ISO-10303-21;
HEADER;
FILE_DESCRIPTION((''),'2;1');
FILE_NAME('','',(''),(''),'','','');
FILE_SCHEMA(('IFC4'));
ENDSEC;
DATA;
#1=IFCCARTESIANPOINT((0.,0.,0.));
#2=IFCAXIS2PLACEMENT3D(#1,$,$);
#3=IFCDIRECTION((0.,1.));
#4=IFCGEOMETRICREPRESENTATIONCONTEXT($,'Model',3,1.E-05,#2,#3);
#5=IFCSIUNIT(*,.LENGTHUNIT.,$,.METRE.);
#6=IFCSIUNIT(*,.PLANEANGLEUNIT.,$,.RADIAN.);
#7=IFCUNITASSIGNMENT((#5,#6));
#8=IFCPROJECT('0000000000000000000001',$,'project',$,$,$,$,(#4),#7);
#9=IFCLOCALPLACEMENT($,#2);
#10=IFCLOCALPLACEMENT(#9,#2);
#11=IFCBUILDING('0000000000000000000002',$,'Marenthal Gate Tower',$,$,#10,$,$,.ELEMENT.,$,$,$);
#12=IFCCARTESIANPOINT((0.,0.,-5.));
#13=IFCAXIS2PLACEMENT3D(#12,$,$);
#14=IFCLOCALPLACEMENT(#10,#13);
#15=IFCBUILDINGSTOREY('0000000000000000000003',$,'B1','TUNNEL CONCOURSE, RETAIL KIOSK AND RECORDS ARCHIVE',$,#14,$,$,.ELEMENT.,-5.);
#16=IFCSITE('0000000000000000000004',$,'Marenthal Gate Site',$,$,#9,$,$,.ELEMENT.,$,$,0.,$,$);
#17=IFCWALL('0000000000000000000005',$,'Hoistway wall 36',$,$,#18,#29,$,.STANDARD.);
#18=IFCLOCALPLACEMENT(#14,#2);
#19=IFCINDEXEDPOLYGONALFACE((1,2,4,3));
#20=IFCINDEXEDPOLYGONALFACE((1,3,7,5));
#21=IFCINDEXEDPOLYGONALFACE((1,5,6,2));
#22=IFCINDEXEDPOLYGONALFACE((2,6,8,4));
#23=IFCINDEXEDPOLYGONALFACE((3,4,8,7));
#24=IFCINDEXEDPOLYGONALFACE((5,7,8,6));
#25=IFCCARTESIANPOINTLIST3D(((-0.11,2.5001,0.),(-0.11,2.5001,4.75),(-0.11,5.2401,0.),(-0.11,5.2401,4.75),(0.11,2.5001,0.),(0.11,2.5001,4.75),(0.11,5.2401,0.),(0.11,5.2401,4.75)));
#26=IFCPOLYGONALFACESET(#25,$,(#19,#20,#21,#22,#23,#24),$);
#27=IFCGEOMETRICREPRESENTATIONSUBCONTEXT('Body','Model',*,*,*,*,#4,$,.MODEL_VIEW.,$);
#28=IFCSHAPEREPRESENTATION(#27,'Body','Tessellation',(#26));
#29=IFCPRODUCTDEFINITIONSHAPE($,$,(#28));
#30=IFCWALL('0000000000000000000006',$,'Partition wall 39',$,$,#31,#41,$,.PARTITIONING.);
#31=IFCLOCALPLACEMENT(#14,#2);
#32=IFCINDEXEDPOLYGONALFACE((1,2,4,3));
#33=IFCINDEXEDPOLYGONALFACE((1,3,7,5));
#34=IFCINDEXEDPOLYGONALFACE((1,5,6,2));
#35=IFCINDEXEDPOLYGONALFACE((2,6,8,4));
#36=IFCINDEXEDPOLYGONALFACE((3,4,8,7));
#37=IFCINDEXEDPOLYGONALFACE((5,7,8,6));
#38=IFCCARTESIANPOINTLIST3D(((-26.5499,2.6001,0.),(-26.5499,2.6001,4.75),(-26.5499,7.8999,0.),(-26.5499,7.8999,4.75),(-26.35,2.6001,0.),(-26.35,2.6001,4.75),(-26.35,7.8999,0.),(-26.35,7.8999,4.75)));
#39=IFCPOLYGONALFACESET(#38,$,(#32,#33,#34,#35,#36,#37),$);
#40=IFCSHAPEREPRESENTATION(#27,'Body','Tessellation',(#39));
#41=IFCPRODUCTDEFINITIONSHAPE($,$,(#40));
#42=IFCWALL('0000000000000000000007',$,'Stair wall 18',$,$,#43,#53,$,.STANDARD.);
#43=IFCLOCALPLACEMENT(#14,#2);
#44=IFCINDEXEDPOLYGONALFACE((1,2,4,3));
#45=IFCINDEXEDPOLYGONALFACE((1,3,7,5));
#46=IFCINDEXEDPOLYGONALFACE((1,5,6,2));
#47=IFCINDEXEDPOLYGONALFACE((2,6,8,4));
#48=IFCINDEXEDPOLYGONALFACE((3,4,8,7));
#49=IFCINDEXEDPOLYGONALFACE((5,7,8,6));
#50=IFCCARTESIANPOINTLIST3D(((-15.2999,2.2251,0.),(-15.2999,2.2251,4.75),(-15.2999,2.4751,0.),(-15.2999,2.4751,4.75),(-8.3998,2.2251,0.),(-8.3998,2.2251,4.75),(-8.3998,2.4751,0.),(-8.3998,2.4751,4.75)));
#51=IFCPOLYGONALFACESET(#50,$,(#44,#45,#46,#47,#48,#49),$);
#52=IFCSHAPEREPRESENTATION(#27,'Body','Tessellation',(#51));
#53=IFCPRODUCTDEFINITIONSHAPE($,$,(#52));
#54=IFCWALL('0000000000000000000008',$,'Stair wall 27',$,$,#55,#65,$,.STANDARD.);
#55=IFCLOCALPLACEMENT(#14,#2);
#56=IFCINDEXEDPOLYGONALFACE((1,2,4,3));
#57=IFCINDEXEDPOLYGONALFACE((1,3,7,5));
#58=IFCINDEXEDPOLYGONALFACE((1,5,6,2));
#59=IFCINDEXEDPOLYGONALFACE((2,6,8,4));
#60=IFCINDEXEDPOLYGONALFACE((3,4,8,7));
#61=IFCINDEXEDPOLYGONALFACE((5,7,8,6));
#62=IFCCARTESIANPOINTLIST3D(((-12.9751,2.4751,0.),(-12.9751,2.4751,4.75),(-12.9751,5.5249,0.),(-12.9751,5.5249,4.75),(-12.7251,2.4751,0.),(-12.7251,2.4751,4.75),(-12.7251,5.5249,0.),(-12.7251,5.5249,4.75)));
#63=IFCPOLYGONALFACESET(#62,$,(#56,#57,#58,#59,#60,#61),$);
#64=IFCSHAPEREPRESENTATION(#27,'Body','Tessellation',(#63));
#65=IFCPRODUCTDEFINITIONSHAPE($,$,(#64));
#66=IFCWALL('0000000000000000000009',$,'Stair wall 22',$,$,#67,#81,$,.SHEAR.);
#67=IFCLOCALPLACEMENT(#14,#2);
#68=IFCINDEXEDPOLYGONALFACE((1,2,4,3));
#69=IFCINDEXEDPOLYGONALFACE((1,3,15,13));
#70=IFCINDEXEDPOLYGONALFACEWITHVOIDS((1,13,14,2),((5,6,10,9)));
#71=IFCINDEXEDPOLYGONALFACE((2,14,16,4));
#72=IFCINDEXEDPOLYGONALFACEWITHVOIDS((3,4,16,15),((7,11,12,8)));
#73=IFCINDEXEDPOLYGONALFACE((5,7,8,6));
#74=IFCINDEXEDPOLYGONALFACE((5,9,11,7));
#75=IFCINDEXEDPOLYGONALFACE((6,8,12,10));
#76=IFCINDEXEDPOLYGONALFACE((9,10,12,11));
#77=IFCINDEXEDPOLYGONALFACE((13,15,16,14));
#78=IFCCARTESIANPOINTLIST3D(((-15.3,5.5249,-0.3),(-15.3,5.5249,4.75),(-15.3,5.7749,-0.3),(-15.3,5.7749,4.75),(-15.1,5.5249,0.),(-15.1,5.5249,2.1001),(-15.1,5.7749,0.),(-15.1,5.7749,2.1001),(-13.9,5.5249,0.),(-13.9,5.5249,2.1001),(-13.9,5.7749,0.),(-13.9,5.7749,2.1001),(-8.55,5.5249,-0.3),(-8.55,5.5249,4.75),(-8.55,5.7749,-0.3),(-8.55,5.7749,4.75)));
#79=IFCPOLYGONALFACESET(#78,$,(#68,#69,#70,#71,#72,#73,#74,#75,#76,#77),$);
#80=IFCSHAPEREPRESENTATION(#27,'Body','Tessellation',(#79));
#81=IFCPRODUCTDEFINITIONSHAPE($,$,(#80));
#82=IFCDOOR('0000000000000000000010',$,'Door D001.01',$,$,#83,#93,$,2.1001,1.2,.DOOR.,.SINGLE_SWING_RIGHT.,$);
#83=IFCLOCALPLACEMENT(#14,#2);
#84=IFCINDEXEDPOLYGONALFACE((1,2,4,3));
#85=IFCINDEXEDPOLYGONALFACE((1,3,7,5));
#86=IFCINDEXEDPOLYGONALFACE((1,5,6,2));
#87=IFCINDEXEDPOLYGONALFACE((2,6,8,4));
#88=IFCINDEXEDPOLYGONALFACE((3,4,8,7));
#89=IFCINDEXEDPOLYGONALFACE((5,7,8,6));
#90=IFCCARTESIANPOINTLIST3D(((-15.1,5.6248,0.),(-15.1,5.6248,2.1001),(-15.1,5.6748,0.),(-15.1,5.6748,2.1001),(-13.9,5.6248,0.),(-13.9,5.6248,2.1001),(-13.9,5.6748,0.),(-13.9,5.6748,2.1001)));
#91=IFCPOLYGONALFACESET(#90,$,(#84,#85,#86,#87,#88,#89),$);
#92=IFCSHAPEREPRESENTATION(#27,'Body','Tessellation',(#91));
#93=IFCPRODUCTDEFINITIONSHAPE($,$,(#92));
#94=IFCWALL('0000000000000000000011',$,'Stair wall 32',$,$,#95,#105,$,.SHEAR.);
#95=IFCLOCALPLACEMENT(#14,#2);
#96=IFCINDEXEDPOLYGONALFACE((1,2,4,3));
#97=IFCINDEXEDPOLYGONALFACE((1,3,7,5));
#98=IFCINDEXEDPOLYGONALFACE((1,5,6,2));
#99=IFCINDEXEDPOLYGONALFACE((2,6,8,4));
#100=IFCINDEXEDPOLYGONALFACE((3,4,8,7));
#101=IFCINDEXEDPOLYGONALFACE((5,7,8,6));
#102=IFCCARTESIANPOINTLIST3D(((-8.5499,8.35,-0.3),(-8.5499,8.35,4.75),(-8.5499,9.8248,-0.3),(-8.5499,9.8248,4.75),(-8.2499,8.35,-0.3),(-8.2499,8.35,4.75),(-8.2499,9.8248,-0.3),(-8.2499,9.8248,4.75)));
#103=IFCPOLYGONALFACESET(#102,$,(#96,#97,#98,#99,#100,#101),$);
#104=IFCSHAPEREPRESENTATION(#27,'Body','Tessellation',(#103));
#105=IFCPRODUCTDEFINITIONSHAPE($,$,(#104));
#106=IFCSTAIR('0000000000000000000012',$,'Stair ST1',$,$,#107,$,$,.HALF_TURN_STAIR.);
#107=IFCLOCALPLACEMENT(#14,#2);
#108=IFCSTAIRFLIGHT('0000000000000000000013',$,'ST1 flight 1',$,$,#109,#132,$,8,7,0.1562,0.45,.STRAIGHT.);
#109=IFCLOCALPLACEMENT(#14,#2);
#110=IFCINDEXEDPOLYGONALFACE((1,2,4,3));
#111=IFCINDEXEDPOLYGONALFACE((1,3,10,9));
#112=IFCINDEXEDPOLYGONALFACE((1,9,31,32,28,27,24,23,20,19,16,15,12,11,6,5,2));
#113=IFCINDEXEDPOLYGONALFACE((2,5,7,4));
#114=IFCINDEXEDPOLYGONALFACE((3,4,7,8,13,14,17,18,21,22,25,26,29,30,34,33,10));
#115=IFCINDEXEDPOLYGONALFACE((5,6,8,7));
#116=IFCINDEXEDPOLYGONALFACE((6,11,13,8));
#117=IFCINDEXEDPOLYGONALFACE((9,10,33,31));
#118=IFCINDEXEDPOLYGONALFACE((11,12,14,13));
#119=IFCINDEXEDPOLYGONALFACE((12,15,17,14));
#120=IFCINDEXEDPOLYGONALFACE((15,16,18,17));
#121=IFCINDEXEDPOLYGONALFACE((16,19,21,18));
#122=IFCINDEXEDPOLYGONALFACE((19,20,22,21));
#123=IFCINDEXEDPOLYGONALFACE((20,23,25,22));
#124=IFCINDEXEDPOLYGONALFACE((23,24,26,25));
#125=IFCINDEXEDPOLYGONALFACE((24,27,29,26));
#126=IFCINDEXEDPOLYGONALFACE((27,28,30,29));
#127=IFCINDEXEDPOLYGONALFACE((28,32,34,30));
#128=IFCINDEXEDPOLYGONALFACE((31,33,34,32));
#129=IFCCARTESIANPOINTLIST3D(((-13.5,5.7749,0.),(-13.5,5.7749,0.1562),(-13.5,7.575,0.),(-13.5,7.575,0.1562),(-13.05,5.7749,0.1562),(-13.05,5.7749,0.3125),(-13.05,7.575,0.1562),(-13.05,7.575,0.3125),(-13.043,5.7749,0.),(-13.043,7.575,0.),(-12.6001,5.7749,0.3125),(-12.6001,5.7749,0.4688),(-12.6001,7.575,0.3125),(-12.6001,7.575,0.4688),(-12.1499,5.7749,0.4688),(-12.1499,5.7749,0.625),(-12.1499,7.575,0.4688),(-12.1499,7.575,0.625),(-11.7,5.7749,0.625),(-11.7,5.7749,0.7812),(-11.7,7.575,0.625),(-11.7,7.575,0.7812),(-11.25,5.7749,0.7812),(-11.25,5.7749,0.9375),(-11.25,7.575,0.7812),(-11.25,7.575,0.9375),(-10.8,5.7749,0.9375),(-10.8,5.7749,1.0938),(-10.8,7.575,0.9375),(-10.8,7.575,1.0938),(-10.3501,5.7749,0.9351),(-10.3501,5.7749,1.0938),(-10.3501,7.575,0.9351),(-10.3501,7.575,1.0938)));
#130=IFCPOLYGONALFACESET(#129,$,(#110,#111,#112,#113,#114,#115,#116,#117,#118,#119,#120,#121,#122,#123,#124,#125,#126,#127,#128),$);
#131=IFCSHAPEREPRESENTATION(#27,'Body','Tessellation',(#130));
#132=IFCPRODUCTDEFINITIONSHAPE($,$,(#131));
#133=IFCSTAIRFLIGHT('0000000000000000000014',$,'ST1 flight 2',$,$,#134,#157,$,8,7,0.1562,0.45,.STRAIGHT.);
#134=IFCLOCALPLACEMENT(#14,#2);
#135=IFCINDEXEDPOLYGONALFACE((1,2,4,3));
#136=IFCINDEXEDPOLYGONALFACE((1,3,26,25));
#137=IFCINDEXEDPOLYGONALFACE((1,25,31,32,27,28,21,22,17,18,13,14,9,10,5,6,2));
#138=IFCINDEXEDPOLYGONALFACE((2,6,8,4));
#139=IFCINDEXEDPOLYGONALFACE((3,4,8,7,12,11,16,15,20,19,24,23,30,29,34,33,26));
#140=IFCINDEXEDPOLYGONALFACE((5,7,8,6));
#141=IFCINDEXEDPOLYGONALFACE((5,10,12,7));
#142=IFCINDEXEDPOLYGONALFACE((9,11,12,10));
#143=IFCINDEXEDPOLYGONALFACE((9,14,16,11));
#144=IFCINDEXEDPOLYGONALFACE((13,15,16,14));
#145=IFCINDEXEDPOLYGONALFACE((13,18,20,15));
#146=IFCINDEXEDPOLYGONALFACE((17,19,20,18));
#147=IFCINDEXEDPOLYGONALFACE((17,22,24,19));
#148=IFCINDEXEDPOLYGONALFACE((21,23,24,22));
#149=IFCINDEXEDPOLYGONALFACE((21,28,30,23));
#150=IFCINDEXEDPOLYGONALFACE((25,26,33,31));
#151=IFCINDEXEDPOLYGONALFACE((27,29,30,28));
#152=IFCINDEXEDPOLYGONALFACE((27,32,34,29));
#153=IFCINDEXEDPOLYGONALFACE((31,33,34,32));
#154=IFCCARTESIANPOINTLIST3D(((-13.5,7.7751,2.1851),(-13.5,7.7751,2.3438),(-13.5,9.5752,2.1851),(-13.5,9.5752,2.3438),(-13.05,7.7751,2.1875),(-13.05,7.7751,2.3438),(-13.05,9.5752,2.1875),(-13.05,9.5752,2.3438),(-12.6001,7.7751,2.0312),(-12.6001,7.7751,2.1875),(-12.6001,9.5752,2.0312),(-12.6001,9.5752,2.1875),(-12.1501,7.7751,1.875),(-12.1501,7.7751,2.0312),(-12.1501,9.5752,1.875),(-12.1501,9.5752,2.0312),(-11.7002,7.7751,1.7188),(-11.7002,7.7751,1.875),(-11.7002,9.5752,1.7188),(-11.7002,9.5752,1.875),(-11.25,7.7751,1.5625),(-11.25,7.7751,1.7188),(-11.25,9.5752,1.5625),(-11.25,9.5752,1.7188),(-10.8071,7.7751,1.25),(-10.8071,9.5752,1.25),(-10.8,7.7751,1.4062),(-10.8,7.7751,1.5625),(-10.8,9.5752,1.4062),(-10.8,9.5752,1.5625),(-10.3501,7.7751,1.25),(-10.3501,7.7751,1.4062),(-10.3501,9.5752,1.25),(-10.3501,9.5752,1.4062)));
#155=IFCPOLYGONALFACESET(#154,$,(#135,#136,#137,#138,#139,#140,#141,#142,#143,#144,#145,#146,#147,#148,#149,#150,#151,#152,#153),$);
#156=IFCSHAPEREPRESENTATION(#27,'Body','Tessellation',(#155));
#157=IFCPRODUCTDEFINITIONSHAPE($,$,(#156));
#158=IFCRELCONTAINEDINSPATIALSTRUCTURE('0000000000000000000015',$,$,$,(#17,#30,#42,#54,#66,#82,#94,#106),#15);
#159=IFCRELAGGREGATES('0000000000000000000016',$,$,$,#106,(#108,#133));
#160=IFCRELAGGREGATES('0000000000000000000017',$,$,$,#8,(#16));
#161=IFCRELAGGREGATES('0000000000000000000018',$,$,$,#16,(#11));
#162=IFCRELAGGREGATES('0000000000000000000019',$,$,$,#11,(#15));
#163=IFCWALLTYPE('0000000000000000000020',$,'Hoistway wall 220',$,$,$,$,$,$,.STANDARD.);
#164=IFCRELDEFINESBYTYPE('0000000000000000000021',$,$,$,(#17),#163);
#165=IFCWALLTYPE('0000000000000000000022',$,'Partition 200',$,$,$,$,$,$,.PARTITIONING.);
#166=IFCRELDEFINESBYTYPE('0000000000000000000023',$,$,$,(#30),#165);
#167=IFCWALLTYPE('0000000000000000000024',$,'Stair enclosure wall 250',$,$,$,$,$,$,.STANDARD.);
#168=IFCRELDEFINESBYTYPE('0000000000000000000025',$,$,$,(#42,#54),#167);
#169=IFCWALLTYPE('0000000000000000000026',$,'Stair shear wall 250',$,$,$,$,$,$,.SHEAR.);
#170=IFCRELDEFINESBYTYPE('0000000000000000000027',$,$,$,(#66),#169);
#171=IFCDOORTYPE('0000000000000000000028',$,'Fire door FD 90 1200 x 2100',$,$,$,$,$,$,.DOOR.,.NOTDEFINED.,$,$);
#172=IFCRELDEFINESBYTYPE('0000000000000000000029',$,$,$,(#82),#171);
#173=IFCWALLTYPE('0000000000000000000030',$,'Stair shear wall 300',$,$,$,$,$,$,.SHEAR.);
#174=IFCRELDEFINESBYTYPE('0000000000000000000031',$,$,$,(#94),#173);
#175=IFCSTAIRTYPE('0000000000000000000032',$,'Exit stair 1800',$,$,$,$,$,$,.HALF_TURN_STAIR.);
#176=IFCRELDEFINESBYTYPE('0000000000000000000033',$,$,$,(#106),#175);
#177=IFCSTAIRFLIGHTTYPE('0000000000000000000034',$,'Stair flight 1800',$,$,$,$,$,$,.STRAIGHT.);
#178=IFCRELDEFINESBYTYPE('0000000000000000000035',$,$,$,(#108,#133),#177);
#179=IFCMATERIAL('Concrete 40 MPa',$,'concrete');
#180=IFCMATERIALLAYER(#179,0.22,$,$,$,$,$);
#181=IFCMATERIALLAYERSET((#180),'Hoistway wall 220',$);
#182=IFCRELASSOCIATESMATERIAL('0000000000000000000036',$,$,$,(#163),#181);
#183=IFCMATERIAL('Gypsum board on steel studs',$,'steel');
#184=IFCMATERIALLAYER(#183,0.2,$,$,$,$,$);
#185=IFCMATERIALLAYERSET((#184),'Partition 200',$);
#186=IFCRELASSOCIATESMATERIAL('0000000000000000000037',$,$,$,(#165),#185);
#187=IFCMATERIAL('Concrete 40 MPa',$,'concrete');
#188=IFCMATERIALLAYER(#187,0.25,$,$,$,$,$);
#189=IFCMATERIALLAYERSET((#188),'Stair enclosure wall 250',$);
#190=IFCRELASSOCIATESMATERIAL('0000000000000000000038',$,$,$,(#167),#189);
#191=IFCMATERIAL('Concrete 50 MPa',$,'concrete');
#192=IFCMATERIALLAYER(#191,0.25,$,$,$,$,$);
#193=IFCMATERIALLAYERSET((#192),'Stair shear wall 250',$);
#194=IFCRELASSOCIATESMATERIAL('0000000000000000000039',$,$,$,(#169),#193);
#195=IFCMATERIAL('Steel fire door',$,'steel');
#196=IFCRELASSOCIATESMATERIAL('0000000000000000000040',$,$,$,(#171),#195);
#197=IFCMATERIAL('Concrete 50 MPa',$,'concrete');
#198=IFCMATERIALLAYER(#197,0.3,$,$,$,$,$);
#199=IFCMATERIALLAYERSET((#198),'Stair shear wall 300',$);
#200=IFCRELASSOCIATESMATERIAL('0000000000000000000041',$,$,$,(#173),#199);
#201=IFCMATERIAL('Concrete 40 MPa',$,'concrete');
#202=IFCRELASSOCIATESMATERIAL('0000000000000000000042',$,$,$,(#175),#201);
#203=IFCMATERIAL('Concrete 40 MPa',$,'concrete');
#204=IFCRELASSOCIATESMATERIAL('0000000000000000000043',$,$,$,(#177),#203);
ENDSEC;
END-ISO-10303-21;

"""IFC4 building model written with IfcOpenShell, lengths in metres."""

from ifc_helpers import new_model, si_unit, direction, frame, frame_2d, origin, place, context, subcontext, project, spatial, polyline, rectangle, outline, extrude, material, layer, layer_set, type_object, element, fill, aggregate, save


model = new_model("IFC4")

# Units and contexts
model_context = context("Model", 3, precision=1e-05, world=origin(), true_north=direction((0.0, 1.0)))
body_context = subcontext(model_context, "Body", "Model", "MODEL_VIEW")
ifc_project = project(units=[si_unit("LENGTHUNIT", "METRE"), si_unit("PLANEANGLEUNIT", "RADIAN")], contexts=[model_context])

# Site, building, storey
site_placement = place(None, origin())
site = spatial("IfcSite", under=ifc_project, at=site_placement, Name="Marenthal Gate Site", CompositionType="ELEMENT", RefElevation=0.0)
building_placement = place(site_placement, origin())
building = spatial("IfcBuilding", under=site, at=building_placement, Name="Marenthal Gate Tower", CompositionType="ELEMENT")
storey_placement = place(building_placement, frame((0.0, 0.0, -5.0)))
storey = spatial("IfcBuildingStorey", under=building, at=storey_placement, Name="B1", Description="TUNNEL CONCOURSE, RETAIL KIOSK AND RECORDS ARCHIVE", CompositionType="ELEMENT", Elevation=-5.0)

# Walls
ifc_material_1 = material(Name="Concrete 40 MPa", Category="concrete")
ifc_layer_1 = layer(ifc_material_1, 0.22)
ifc_layer_set_1 = layer_set([ifc_layer_1], Name="Hoistway wall 220")
wall_type_1 = type_object("IfcWallType", Name="Hoistway wall 220", PredefinedType="STANDARD", material=ifc_layer_set_1)
wall_1_placement = place(storey_placement, frame((0.0, 2.5, 0.0), z_axis=(0.0, 0.0, 1.0), x_axis=(0.0, 1.0, 0.0)))
element("IfcWall", 1, at=wall_1_placement, inside=storey, type_object=wall_type_1, Name="Hoistway wall 36", PredefinedType="STANDARD", context=body_context, shape_type="SweptSolid", body=[
    extrude(rectangle(XDim=2.74, YDim=0.22, at=frame_2d((1.3701, 0.0))), origin(), (0.0, 0.0, 1.0), 4.75),
])
ifc_material_2 = material(Name="Gypsum board on steel studs", Category="steel")
ifc_layer_2 = layer(ifc_material_2, 0.2)
ifc_layer_set_2 = layer_set([ifc_layer_2], Name="Partition 200")
wall_type_2 = type_object("IfcWallType", Name="Partition 200", PredefinedType="PARTITIONING", material=ifc_layer_set_2)
wall_2_placement = place(storey_placement, frame((-26.45, 2.6001, 0.0), z_axis=(0.0, 0.0, 1.0), x_axis=(0.0, 1.0, 0.0)))
element("IfcWall", 2, at=wall_2_placement, inside=storey, type_object=wall_type_2, Name="Partition wall 39", PredefinedType="PARTITIONING", context=body_context, shape_type="SweptSolid", body=[
    extrude(rectangle(XDim=5.2998, YDim=0.2, at=frame_2d((2.6499, 0.0))), origin(), (0.0, 0.0, 1.0), 4.75),
])
ifc_material_3 = material(Name="Concrete 40 MPa", Category="concrete")
ifc_layer_3 = layer(ifc_material_3, 0.25)
ifc_layer_set_3 = layer_set([ifc_layer_3], Name="Stair enclosure wall 250")
wall_type_3 = type_object("IfcWallType", Name="Stair enclosure wall 250", PredefinedType="STANDARD", material=ifc_layer_set_3)
wall_3_placement = place(storey_placement, frame((-15.3, 2.3501, 0.0), z_axis=(0.0, 0.0, 1.0), x_axis=(1.0, 0.0, 0.0)))
element("IfcWall", 3, at=wall_3_placement, inside=storey, type_object=wall_type_3, Name="Stair wall 18", PredefinedType="STANDARD", context=body_context, shape_type="SweptSolid", body=[
    extrude(rectangle(XDim=6.9001, YDim=0.25, at=frame_2d((3.4502, 0.0))), origin(), (0.0, 0.0, 1.0), 4.75),
])
wall_4_placement = place(storey_placement, frame((-12.8501, 2.4751, 0.0), z_axis=(0.0, 0.0, 1.0), x_axis=(0.0, 1.0, 0.0)))
element("IfcWall", 4, at=wall_4_placement, inside=storey, type_object=wall_type_3, Name="Stair wall 27", PredefinedType="STANDARD", context=body_context, shape_type="SweptSolid", body=[
    extrude(rectangle(XDim=3.0498, YDim=0.25, at=frame_2d((1.5249, 0.0))), origin(), (0.0, 0.0, 1.0), 4.75),
])

# Wall, opening, door
ifc_material_4 = material(Name="Concrete 50 MPa", Category="concrete")
ifc_layer_4 = layer(ifc_material_4, 0.25)
ifc_layer_set_4 = layer_set([ifc_layer_4], Name="Stair shear wall 250")
wall_type_4 = type_object("IfcWallType", Name="Stair shear wall 250", PredefinedType="SHEAR", material=ifc_layer_set_4)
wall_5_placement = place(storey_placement, frame((-15.3, 5.6499, -0.3), z_axis=(0.0, 0.0, 1.0), x_axis=(1.0, 0.0, 0.0)))
wall_5 = element("IfcWall", 5, at=wall_5_placement, inside=storey, type_object=wall_type_4, Name="Stair wall 22", PredefinedType="SHEAR", context=body_context, shape_type="SweptSolid", body=[
    extrude(rectangle(XDim=6.75, YDim=0.25, at=frame_2d((3.375, 0.0))), origin(), (0.0, 0.0, 1.0), 5.05),
])
opening_placement = place(wall_5_placement, frame((0.2, 0.0, 0.3)))
opening = element("IfcOpeningElement", 6, at=opening_placement, cuts=wall_5, PredefinedType="OPENING", context=body_context, shape_type="SweptSolid", body=[
    extrude(rectangle(XDim=1.2, YDim=2.1001, at=frame_2d((0.6001, 1.05))), frame((0.0, 0.135, 0.0), z_axis=(0.0, -1.0, 0.0), x_axis=(1.0, 0.0, 0.0)), (0.0, 0.0, 1.0), 0.27),
])
ifc_material_5 = material(Name="Steel fire door", Category="steel")
door_type = type_object("IfcDoorType", Name="Fire door FD 90 1200 x 2100", OperationType="NOTDEFINED", PredefinedType="DOOR", material=ifc_material_5)
door_placement = place(opening_placement, origin())
door = element("IfcDoor", 7, at=door_placement, inside=storey, type_object=door_type, Name="Door D001.01", OperationType="SINGLE_SWING_RIGHT", OverallHeight=2.1001, OverallWidth=1.2, PredefinedType="DOOR", context=body_context, shape_type="SweptSolid", body=[
    extrude(rectangle(XDim=1.2, YDim=2.1001, at=frame_2d((0.6001, 1.05))), frame((0.0, 0.0249, 0.0), z_axis=(0.0, -1.0, 0.0), x_axis=(1.0, 0.0, 0.0)), (0.0, 0.0, 1.0), 0.05),
])
fill(opening, door)

# Wall
ifc_material_6 = material(Name="Concrete 50 MPa", Category="concrete")
ifc_layer_5 = layer(ifc_material_6, 0.3)
ifc_layer_set_5 = layer_set([ifc_layer_5], Name="Stair shear wall 300")
wall_type_5 = type_object("IfcWallType", Name="Stair shear wall 300", PredefinedType="SHEAR", material=ifc_layer_set_5)
wall_6_placement = place(storey_placement, frame((-8.3999, 8.3501, -0.3), z_axis=(0.0, 0.0, 1.0), x_axis=(0.0, 1.0, 0.0)))
element("IfcWall", 8, at=wall_6_placement, inside=storey, type_object=wall_type_5, Name="Stair wall 32", PredefinedType="SHEAR", context=body_context, shape_type="SweptSolid", body=[
    extrude(rectangle(XDim=1.4749, YDim=0.3, at=frame_2d((0.7373, 0.0))), origin(), (0.0, 0.0, 1.0), 5.05),
])

# Stair, stair flights
ifc_material_7 = material(Name="Concrete 40 MPa", Category="concrete")
stair_type = type_object("IfcStairType", Name="Exit stair 1800", PredefinedType="HALF_TURN_STAIR", material=ifc_material_7)
stair_placement = place(storey_placement, origin())
stair = element("IfcStair", 9, at=stair_placement, inside=storey, type_object=stair_type, Name="Stair ST1", PredefinedType="HALF_TURN_STAIR")
ifc_material_8 = material(Name="Concrete 40 MPa", Category="concrete")
stair_flight_type = type_object("IfcStairFlightType", Name="Stair flight 1800", PredefinedType="STRAIGHT", material=ifc_material_8)
stair_flight_1_placement = place(storey_placement, frame((-13.5, 6.675, 0.0), z_axis=(0.0, 0.0, 1.0), x_axis=(1.0, 0.0, 0.0)))
stair_flight_1 = element("IfcStairFlight", 10, at=stair_flight_1_placement, type_object=stair_flight_type, Name="ST1 flight 1", NumberOfRisers=8, NumberOfTreads=7, PredefinedType="STRAIGHT", RiserHeight=0.1562, TreadLength=0.45, context=body_context, shape_type="SweptSolid", body=[
    extrude(outline(polyline([(0.0, 0.0), (0.0, 0.1562), (0.45, 0.1562), (0.45, 0.3125), (0.8999, 0.3125), (0.8999, 0.4688), (1.3501, 0.4688), (1.3501, 0.625), (1.8, 0.625), (1.8, 0.7812), (2.25, 0.7812), (2.25, 0.9375), (2.7, 0.9375), (2.7, 1.0938), (3.1499, 1.0938), (3.1499, 1.25), (3.1499, 0.9351), (0.457, 0.0), (0.0, 0.0)])), frame((0.0, 0.8999, 0.0), z_axis=(0.0, -1.0, 0.0), x_axis=(1.0, 0.0, 0.0)), (0.0, 0.0, 1.0), 1.8),
])
stair_flight_2_placement = place(storey_placement, frame((-10.3501, 8.675, 1.25), z_axis=(0.0, 0.0, 1.0), x_axis=(-1.0, 0.0, 0.0)))
stair_flight_2 = element("IfcStairFlight", 11, at=stair_flight_2_placement, type_object=stair_flight_type, Name="ST1 flight 2", NumberOfRisers=8, NumberOfTreads=7, PredefinedType="STRAIGHT", RiserHeight=0.1562, TreadLength=0.45, context=body_context, shape_type="SweptSolid", body=[
    extrude(outline(polyline([(0.0, 0.0), (0.0, 0.1562), (0.45, 0.1562), (0.45, 0.3125), (0.8999, 0.3125), (0.8999, 0.4688), (1.3501, 0.4688), (1.3501, 0.625), (1.8, 0.625), (1.8, 0.7812), (2.25, 0.7812), (2.25, 0.9375), (2.7, 0.9375), (2.7, 1.0938), (3.1499, 1.0938), (3.1499, 1.25), (3.1499, 0.9351), (0.457, 0.0), (0.0, 0.0)])), frame((0.0, 0.8999, 0.0), z_axis=(0.0, -1.0, 0.0), x_axis=(1.0, 0.0, 0.0)), (0.0, 0.0, 1.0), 1.8),
])
aggregate(stair, [stair_flight_1, stair_flight_2])

save(model, "model.ifc")
